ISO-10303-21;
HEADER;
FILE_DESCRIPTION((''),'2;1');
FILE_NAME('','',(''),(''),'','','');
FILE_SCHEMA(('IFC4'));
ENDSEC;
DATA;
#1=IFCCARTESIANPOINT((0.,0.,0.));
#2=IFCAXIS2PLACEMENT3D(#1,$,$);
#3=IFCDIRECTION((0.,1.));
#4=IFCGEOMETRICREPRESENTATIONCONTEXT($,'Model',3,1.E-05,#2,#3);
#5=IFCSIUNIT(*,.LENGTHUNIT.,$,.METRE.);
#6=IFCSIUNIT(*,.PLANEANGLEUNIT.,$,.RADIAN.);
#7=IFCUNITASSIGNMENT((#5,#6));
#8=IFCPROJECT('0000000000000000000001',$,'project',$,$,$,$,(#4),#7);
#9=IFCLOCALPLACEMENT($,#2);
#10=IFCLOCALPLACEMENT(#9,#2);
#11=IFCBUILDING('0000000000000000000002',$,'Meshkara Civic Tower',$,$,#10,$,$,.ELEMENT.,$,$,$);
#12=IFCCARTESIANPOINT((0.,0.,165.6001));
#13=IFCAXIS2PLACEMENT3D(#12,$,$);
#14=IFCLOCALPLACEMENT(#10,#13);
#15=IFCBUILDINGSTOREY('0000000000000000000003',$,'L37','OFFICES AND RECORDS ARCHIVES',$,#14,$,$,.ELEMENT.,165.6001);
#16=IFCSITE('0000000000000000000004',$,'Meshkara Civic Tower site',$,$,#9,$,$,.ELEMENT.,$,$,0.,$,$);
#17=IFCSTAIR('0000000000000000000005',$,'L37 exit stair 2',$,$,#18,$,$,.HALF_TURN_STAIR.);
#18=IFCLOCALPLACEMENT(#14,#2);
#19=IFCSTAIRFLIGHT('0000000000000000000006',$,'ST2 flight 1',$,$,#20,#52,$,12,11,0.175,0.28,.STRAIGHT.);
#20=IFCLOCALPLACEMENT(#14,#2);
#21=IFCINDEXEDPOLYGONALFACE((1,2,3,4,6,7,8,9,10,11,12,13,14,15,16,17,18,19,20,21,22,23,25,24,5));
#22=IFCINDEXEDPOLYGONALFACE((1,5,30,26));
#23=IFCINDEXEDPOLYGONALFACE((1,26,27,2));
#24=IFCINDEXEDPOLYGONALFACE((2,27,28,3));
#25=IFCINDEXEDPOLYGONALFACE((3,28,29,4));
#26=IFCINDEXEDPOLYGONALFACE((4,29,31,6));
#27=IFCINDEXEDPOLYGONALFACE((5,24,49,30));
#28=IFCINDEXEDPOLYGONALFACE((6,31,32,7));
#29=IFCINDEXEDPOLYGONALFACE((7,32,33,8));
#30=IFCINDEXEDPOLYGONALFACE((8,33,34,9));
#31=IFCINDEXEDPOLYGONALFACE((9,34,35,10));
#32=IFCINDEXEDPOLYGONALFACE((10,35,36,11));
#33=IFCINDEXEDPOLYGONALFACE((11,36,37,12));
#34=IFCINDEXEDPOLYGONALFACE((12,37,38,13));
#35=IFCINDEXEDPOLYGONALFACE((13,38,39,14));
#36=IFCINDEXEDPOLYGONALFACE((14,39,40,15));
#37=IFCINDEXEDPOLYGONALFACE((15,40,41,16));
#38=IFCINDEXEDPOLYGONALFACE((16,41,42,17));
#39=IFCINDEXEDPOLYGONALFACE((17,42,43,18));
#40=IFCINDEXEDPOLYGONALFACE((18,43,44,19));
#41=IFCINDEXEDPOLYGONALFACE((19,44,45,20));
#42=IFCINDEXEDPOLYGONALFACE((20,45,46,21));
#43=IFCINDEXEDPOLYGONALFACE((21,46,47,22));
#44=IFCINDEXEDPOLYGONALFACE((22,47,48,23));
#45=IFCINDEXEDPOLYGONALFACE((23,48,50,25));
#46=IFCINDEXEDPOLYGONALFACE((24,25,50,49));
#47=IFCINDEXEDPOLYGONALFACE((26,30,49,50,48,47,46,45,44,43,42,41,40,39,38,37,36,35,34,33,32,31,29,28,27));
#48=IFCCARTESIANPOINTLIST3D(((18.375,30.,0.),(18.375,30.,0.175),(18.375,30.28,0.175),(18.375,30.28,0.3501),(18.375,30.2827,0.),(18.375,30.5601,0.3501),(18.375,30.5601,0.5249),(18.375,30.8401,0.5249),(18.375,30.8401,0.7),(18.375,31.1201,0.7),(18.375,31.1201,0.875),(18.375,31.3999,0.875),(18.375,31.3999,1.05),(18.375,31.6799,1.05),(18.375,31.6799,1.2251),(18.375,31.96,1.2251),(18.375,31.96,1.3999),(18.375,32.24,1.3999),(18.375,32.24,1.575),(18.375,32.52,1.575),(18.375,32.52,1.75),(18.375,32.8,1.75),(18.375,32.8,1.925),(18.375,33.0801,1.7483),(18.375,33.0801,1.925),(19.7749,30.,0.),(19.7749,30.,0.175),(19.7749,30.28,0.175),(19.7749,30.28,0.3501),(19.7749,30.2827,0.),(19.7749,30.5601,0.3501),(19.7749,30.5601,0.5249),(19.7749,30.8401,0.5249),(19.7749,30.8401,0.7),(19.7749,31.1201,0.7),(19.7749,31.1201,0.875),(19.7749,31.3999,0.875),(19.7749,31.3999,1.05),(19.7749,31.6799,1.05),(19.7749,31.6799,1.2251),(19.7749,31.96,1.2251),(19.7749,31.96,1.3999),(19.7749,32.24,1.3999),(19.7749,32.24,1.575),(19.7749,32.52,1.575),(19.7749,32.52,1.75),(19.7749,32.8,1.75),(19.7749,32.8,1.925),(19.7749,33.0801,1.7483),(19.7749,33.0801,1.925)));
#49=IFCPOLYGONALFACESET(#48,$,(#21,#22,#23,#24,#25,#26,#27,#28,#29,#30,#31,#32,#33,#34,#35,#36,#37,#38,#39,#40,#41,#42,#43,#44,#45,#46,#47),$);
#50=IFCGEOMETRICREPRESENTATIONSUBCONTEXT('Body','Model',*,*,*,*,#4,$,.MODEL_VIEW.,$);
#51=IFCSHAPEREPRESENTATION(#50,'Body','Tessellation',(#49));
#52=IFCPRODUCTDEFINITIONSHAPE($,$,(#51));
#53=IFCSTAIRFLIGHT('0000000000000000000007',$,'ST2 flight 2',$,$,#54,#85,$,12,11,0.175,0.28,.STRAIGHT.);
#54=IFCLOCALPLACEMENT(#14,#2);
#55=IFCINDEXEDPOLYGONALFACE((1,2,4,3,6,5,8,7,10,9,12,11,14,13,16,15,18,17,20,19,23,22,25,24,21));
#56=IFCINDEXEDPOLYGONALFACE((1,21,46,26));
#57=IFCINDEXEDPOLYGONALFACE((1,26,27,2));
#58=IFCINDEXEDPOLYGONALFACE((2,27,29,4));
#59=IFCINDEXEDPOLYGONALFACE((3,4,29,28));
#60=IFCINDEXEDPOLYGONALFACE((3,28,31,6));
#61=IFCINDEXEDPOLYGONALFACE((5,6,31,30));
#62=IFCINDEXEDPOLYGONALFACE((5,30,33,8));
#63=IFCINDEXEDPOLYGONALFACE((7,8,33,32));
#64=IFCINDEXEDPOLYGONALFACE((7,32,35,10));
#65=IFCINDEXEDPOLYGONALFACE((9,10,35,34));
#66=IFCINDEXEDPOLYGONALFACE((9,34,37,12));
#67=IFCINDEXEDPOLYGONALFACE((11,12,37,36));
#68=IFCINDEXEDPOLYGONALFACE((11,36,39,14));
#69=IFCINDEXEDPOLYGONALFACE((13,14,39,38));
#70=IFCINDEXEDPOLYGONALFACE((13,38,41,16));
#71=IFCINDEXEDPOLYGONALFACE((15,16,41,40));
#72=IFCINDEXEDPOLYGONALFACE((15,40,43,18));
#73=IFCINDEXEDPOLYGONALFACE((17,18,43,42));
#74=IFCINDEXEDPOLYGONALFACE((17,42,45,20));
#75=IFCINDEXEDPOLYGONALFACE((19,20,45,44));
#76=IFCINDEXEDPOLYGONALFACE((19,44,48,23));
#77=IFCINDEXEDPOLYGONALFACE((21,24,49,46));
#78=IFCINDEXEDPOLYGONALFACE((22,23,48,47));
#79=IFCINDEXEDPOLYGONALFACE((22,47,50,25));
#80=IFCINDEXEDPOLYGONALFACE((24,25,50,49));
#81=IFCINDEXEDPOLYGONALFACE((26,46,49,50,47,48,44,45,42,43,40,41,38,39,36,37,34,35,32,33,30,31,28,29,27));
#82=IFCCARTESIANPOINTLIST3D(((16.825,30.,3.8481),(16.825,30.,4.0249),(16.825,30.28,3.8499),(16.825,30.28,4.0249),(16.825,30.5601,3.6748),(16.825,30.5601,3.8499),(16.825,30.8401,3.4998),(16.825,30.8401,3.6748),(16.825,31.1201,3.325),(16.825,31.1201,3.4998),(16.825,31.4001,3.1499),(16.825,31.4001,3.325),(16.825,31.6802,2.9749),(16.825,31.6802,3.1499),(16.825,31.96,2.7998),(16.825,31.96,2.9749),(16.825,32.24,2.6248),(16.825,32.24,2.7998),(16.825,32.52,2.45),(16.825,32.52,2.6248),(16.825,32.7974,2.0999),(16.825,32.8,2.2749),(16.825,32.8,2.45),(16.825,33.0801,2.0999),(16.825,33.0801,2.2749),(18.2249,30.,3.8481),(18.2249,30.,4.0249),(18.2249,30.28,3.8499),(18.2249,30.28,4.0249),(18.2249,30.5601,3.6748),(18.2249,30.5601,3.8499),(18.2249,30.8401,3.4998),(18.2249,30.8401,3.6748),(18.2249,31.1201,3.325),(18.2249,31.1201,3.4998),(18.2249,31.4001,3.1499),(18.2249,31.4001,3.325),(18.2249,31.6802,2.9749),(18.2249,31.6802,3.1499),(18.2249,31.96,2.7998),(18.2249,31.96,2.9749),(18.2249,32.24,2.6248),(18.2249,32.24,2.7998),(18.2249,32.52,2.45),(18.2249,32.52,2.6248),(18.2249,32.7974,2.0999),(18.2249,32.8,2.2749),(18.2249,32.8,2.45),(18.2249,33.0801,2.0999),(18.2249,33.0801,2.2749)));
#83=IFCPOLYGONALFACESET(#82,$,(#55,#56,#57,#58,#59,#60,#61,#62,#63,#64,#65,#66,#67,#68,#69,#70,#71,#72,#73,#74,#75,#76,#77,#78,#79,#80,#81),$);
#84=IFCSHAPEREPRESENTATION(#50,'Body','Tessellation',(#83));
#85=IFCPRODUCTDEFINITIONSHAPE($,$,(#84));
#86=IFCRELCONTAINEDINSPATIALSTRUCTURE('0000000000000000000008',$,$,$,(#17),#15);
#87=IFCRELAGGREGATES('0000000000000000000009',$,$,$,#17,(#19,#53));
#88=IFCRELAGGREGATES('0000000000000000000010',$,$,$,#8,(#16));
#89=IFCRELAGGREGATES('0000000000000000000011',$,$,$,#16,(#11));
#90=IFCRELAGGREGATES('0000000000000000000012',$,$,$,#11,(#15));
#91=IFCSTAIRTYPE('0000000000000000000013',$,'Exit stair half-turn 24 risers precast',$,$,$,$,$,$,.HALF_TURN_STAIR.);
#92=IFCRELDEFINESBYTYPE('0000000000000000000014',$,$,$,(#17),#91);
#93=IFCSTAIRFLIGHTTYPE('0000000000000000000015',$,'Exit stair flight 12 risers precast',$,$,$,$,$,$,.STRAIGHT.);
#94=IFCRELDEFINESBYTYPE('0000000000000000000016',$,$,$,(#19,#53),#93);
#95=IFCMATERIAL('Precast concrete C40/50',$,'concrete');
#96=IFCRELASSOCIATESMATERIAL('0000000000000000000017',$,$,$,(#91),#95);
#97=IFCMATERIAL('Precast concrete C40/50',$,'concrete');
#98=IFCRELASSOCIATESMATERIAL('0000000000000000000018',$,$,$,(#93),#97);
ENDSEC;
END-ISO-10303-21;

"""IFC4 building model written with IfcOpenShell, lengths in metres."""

from ifc_helpers import new_model, si_unit, direction, frame, origin, place, context, subcontext, project, spatial, polyline, outline, extrude, material, type_object, element, aggregate, save


model = new_model("IFC4")

# Units and contexts
model_context = context("Model", 3, precision=1e-05, world=origin(), true_north=direction((0.0, 1.0)))
body_context = subcontext(model_context, "Body", "Model", "MODEL_VIEW")
ifc_project = project(units=[si_unit("LENGTHUNIT", "METRE"), si_unit("PLANEANGLEUNIT", "RADIAN")], contexts=[model_context])

# Site, building, storey
site_placement = place(None, origin())
site = spatial("IfcSite", under=ifc_project, at=site_placement, Name="Meshkara Civic Tower site", CompositionType="ELEMENT", RefElevation=0.0)
building_placement = place(site_placement, origin())
building = spatial("IfcBuilding", under=site, at=building_placement, Name="Meshkara Civic Tower", CompositionType="ELEMENT")
storey_placement = place(building_placement, frame((0.0, 0.0, 165.6001)))
storey = spatial("IfcBuildingStorey", under=building, at=storey_placement, Name="L37", Description="OFFICES AND RECORDS ARCHIVES", CompositionType="ELEMENT", Elevation=165.6001)

# Stair, stair flights
ifc_material_1 = material(Name="Precast concrete C40/50", Category="concrete")
stair_type = type_object("IfcStairType", Name="Exit stair half-turn 24 risers precast", PredefinedType="HALF_TURN_STAIR", material=ifc_material_1)
stair_placement = place(storey_placement, origin())
stair = element("IfcStair", 1, at=stair_placement, inside=storey, type_object=stair_type, Name="L37 exit stair 2", PredefinedType="HALF_TURN_STAIR")
ifc_material_2 = material(Name="Precast concrete C40/50", Category="concrete")
stair_flight_type = type_object("IfcStairFlightType", Name="Exit stair flight 12 risers precast", PredefinedType="STRAIGHT", material=ifc_material_2)
stair_flight_1_placement = place(storey_placement, frame((19.075, 30.0, 0.0), z_axis=(0.0, 0.0, 1.0), x_axis=(0.0, 1.0, 0.0)))
stair_flight_1 = element("IfcStairFlight", 2, at=stair_flight_1_placement, type_object=stair_flight_type, Name="ST2 flight 1", NumberOfRisers=12, NumberOfTreads=11, PredefinedType="STRAIGHT", RiserHeight=0.175, TreadLength=0.28, context=body_context, shape_type="SweptSolid", body=[
    extrude(outline(polyline([(0.0, 0.0), (0.0, 0.175), (0.28, 0.175), (0.28, 0.3501), (0.5601, 0.3501), (0.5601, 0.5249), (0.8401, 0.5249), (0.8401, 0.7), (1.1201, 0.7), (1.1201, 0.875), (1.3999, 0.875), (1.3999, 1.05), (1.6799, 1.05), (1.6799, 1.2251), (1.96, 1.2251), (1.96, 1.3999), (2.24, 1.3999), (2.24, 1.575), (2.52, 1.575), (2.52, 1.75), (2.8, 1.75), (2.8, 1.925), (3.0801, 1.925), (3.0801, 2.1001), (3.0801, 1.7483), (0.2827, 0.0), (0.0, 0.0)])), frame((0.0, 0.7, 0.0), z_axis=(0.0, -1.0, 0.0), x_axis=(1.0, 0.0, 0.0)), (0.0, 0.0, 1.0), 1.3999),
])
stair_flight_2_placement = place(storey_placement, frame((17.5249, 33.0801, 2.0999), z_axis=(0.0, 0.0, 1.0), x_axis=(0.0, -1.0, 0.0)))
stair_flight_2 = element("IfcStairFlight", 3, at=stair_flight_2_placement, type_object=stair_flight_type, Name="ST2 flight 2", NumberOfRisers=12, NumberOfTreads=11, PredefinedType="STRAIGHT", RiserHeight=0.175, TreadLength=0.28, context=body_context, shape_type="SweptSolid", body=[
    extrude(outline(polyline([(0.0, 0.0), (0.0, 0.175), (0.28, 0.175), (0.28, 0.3501), (0.5601, 0.3501), (0.5601, 0.5249), (0.8401, 0.5249), (0.8401, 0.7), (1.1201, 0.7), (1.1201, 0.875), (1.3999, 0.875), (1.3999, 1.05), (1.6799, 1.05), (1.6799, 1.2251), (1.96, 1.2251), (1.96, 1.3999), (2.24, 1.3999), (2.24, 1.575), (2.52, 1.575), (2.52, 1.75), (2.8, 1.75), (2.8, 1.925), (3.0801, 1.925), (3.0801, 2.1001), (3.0801, 1.7483), (0.2827, 0.0), (0.0, 0.0)])), frame((0.0, 0.7, 0.0), z_axis=(0.0, -1.0, 0.0), x_axis=(1.0, 0.0, 0.0)), (0.0, 0.0, 1.0), 1.3999),
])
aggregate(stair, [stair_flight_1, stair_flight_2])

save(model, "model.ifc")
